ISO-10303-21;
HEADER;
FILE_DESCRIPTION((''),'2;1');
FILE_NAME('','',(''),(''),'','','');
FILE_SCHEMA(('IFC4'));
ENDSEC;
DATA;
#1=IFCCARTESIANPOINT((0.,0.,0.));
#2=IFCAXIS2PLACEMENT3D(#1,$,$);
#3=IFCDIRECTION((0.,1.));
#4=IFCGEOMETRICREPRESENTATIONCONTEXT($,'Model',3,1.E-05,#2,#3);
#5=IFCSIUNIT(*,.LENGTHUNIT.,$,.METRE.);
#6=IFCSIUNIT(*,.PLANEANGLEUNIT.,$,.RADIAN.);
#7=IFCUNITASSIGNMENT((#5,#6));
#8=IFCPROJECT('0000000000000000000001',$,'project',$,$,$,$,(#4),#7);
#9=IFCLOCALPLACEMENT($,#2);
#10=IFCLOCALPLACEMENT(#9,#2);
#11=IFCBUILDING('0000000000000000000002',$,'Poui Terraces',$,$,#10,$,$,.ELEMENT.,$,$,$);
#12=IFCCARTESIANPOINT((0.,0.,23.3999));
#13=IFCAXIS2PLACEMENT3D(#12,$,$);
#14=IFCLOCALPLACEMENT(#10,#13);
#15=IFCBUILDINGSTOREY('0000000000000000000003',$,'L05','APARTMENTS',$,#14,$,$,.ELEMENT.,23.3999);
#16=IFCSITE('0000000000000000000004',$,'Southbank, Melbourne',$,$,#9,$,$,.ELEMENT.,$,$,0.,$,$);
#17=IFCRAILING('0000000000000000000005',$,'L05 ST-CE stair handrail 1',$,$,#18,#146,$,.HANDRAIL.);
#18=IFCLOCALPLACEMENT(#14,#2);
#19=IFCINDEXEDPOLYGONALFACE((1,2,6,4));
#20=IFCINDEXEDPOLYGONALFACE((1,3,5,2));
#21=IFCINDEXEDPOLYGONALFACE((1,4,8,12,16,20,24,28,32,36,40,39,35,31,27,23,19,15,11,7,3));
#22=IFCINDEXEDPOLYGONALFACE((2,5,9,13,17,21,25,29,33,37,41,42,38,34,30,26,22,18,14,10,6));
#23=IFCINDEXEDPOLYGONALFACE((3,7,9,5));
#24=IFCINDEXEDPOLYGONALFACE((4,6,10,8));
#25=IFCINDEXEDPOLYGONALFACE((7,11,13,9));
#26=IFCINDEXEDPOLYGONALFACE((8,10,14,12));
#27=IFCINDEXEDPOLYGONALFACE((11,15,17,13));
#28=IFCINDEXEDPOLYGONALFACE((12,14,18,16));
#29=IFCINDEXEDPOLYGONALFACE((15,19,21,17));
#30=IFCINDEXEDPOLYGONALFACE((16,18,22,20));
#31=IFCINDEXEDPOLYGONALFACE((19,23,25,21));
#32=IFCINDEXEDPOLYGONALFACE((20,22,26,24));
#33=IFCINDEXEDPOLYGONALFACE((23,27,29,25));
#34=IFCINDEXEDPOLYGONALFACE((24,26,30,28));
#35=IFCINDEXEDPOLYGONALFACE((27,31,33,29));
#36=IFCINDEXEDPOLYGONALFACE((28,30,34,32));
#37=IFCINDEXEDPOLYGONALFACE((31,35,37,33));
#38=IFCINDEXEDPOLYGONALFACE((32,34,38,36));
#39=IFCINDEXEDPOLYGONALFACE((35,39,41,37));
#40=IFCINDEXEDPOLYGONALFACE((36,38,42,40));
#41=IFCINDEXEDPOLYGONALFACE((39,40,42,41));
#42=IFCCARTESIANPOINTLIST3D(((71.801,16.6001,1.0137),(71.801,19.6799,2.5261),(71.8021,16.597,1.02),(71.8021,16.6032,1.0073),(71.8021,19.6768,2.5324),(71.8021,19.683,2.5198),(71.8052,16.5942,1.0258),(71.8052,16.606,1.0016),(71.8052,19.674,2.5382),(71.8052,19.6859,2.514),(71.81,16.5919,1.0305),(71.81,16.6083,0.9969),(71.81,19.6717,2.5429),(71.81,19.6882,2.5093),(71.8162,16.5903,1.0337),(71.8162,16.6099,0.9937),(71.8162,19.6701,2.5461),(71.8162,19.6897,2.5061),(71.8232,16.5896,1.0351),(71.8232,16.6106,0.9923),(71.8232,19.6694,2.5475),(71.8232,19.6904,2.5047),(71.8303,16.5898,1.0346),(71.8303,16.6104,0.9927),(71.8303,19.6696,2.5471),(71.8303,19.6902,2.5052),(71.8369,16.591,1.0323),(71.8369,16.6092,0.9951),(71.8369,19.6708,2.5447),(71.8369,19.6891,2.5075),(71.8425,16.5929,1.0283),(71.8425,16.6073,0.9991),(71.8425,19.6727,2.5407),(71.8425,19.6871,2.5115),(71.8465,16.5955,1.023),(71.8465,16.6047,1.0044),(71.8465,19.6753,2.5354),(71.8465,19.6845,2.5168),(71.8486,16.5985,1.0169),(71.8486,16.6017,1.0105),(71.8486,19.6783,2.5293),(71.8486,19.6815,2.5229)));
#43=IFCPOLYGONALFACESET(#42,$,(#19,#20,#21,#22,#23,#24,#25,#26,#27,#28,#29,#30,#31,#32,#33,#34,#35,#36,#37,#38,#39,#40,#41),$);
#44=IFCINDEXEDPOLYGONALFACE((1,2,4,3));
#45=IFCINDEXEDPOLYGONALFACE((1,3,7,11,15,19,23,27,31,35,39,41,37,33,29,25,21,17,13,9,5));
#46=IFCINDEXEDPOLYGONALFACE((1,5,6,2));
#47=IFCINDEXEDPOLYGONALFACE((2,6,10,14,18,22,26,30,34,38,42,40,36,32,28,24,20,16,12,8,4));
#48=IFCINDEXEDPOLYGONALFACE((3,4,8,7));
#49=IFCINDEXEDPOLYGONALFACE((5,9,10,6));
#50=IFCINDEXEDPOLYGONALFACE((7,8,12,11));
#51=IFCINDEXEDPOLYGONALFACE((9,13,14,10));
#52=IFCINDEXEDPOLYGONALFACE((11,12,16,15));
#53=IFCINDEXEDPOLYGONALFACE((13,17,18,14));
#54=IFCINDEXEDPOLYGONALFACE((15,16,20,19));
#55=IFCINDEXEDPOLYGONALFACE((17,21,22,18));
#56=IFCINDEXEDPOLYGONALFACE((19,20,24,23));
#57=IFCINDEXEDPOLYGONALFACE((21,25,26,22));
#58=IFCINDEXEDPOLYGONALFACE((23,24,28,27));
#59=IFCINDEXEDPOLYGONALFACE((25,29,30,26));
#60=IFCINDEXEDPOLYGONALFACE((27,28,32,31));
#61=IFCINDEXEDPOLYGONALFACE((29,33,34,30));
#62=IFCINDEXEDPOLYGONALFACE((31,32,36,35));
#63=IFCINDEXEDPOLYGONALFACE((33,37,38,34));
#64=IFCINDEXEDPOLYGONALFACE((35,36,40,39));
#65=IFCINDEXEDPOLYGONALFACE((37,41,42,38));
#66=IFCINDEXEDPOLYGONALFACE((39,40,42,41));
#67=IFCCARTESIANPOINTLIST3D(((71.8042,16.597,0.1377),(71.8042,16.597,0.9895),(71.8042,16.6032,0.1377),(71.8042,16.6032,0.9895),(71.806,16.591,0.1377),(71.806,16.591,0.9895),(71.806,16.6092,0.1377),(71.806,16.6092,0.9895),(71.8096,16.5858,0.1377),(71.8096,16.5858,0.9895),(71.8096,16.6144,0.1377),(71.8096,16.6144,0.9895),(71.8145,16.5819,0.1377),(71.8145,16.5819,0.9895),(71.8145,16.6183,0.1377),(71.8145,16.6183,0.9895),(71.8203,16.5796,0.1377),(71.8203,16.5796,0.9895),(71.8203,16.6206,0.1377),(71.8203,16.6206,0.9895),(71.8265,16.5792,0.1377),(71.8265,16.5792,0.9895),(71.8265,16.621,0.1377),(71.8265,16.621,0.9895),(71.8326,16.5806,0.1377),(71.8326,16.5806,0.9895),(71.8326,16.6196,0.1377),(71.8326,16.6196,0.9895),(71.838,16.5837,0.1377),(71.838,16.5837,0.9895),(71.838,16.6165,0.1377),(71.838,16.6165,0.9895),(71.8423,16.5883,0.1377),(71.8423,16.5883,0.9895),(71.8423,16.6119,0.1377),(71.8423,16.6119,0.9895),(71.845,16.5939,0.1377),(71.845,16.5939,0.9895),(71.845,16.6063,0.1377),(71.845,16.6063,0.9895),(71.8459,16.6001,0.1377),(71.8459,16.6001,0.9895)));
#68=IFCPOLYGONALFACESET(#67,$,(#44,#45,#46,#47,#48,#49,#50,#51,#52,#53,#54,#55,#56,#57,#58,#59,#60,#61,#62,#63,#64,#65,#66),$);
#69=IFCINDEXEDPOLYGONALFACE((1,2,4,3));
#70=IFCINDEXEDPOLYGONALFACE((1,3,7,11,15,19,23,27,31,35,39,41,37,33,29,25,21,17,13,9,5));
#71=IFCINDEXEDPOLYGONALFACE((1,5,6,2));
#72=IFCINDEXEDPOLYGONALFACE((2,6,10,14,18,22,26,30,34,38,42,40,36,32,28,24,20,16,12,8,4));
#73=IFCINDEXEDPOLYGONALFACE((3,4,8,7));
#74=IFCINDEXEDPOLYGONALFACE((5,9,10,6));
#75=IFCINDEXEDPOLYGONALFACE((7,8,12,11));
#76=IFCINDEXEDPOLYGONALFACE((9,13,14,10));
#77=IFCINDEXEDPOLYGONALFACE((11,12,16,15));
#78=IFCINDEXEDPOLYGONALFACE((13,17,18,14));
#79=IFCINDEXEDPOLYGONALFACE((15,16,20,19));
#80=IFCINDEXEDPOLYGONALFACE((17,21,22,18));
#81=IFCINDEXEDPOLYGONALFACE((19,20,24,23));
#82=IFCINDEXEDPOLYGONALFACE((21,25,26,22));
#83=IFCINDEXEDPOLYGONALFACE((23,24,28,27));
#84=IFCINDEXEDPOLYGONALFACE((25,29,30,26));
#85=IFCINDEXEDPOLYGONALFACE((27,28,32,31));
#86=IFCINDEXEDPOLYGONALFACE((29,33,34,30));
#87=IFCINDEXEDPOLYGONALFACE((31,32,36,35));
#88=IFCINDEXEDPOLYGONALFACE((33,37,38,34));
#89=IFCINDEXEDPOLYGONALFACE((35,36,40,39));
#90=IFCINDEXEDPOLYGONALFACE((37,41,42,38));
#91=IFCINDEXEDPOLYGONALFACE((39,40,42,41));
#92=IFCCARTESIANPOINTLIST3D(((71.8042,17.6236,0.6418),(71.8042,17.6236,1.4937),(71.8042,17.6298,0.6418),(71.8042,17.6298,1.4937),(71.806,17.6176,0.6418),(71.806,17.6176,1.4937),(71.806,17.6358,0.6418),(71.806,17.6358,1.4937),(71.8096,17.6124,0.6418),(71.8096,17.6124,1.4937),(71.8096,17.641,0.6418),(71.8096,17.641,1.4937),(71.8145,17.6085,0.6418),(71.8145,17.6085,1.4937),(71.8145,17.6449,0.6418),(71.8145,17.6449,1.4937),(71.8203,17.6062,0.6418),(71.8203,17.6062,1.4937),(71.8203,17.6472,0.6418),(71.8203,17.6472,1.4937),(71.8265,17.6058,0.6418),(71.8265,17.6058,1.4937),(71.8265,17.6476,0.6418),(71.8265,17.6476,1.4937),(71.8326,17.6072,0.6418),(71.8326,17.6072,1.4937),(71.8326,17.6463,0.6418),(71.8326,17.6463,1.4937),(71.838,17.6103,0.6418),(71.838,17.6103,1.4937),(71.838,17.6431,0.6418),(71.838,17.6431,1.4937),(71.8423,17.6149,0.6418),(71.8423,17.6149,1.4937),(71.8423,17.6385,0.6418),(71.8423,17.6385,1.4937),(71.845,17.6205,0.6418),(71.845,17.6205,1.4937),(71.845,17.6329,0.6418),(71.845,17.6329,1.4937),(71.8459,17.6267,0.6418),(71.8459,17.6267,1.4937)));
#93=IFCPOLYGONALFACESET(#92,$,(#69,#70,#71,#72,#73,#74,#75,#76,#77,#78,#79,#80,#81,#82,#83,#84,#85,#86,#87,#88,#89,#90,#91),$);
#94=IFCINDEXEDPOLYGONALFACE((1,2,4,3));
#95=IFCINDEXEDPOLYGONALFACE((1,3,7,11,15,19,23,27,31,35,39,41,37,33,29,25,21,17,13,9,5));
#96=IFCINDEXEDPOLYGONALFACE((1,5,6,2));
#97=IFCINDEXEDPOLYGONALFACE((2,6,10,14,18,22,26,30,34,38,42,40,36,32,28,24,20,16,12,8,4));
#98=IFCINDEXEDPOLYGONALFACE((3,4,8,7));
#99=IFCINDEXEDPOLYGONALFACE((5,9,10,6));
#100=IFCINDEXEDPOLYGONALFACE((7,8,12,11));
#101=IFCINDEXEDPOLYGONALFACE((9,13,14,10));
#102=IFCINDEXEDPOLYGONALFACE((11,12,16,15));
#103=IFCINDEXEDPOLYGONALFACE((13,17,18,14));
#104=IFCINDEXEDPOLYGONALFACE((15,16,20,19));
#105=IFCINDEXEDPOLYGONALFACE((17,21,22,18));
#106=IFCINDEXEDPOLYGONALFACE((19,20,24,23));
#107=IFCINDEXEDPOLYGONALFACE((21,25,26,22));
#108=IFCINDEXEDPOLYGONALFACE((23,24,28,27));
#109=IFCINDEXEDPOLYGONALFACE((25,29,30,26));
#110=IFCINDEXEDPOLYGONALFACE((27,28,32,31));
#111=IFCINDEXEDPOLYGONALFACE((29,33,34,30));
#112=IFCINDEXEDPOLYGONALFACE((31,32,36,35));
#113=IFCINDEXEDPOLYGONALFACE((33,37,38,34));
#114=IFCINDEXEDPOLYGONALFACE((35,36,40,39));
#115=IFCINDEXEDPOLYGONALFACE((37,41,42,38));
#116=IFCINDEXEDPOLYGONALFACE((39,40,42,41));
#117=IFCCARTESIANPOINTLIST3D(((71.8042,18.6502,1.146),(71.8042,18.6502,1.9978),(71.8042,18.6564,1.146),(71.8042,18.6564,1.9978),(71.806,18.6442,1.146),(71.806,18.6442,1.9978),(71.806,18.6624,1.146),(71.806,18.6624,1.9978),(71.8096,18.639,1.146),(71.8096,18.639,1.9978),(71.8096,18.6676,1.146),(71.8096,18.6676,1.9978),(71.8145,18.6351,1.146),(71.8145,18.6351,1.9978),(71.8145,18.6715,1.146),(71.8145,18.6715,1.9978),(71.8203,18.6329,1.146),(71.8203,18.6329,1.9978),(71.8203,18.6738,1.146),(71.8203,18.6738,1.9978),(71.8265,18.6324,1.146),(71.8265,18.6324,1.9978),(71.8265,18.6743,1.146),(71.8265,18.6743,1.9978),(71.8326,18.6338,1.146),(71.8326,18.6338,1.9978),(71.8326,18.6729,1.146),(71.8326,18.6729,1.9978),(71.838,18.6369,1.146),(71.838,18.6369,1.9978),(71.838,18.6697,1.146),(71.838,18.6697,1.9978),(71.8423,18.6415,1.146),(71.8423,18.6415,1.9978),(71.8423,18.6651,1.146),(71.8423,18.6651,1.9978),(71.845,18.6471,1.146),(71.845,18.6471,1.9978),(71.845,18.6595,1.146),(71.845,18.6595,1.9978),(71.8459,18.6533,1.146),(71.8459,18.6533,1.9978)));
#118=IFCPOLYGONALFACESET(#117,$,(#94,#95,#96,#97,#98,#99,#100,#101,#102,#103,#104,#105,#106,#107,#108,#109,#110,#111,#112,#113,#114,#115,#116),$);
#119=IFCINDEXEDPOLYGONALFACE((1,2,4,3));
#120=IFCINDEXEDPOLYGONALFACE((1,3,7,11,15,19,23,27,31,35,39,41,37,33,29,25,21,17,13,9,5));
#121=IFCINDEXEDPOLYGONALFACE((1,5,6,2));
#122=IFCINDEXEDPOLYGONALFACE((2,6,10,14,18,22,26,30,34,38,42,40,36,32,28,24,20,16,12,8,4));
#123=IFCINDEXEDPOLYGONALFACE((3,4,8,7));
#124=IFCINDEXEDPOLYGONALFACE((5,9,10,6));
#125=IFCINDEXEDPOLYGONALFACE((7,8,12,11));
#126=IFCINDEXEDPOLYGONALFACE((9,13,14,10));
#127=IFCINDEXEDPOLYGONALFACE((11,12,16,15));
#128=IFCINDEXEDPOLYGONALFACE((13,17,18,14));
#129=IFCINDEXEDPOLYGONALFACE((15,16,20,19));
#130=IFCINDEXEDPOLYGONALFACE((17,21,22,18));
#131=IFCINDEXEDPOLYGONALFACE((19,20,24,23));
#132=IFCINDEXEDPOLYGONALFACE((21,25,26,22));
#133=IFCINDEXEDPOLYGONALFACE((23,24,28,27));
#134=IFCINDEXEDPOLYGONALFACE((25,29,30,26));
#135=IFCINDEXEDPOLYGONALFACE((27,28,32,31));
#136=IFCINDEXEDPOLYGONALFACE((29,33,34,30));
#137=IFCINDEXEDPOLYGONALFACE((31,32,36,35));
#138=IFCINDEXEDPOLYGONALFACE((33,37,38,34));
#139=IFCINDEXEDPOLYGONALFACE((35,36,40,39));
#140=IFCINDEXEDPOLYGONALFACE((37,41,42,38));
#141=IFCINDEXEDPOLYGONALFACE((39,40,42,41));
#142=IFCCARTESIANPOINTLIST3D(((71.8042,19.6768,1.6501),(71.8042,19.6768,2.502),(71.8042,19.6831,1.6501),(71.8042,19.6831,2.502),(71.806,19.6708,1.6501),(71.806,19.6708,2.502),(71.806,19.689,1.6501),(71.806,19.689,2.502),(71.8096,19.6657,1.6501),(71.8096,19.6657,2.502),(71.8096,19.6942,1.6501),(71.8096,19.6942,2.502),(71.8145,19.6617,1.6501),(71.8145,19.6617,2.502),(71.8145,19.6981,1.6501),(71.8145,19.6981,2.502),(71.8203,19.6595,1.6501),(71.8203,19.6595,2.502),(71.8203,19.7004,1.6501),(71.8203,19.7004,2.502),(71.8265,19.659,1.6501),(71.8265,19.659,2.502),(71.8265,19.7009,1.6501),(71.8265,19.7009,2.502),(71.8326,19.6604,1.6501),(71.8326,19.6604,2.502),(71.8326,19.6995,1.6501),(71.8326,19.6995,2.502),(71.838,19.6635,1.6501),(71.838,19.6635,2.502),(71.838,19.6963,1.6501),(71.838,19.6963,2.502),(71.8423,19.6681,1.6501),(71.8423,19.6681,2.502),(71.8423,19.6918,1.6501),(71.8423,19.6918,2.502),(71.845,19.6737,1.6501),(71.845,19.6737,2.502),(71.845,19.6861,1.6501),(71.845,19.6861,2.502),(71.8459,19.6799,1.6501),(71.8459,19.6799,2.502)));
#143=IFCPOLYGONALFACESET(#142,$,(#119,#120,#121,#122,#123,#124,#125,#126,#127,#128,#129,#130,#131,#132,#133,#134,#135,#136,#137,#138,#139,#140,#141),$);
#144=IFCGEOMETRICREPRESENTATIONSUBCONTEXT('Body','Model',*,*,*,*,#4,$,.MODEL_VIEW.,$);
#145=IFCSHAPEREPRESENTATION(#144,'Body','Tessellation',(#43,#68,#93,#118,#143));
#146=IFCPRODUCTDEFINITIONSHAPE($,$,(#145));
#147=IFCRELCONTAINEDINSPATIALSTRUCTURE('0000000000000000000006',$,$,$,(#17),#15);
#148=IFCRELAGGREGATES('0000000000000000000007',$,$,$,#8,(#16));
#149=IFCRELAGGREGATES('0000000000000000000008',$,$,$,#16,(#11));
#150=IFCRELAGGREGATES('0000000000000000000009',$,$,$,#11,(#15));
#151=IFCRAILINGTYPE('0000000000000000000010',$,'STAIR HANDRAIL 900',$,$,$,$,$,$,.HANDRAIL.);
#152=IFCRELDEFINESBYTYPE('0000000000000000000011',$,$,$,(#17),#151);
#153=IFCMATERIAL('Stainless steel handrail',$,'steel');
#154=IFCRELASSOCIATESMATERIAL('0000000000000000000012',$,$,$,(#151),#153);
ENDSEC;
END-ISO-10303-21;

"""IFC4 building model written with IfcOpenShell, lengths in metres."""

from ifc_helpers import new_model, si_unit, direction, frame, origin, origin_2d, place, context, subcontext, project, spatial, circle, extrude, material, type_object, element, save


model = new_model("IFC4")

# Units and contexts
model_context = context("Model", 3, precision=1e-05, world=origin(), true_north=direction((0.0, 1.0)))
body_context = subcontext(model_context, "Body", "Model", "MODEL_VIEW")
ifc_project = project(units=[si_unit("LENGTHUNIT", "METRE"), si_unit("PLANEANGLEUNIT", "RADIAN")], contexts=[model_context])

# Site, building, storey
site_placement = place(None, origin())
site = spatial("IfcSite", under=ifc_project, at=site_placement, Name="Southbank, Melbourne", CompositionType="ELEMENT", RefElevation=0.0)
building_placement = place(site_placement, origin())
building = spatial("IfcBuilding", under=site, at=building_placement, Name="Poui Terraces", CompositionType="ELEMENT")
storey_placement = place(building_placement, frame((0.0, 0.0, 23.3999)))
storey = spatial("IfcBuildingStorey", under=building, at=storey_placement, Name="L05", Description="APARTMENTS", CompositionType="ELEMENT", Elevation=23.3999)

# Railing
ifc_material_1 = material(Name="Stainless steel handrail", Category="steel")
railing_type_1 = type_object("IfcRailingType", Name="STAIR HANDRAIL 900", PredefinedType="HANDRAIL", material=ifc_material_1)
railing_1_placement = place(storey_placement, frame((71.825, 16.6001, 0.1377)))
element("IfcRailing", 1, at=railing_1_placement, inside=storey, type_object=railing_type_1, Name="L05 ST-CE stair handrail 1", PredefinedType="HANDRAIL", context=body_context, shape_type="SweptSolid", body=[
    extrude(circle(Radius=0.0239, at=origin_2d()), frame((0.0, 0.0, 0.876), z_axis=(0.0, 0.897606, 0.440798), x_axis=(-1.0, 0.0, 0.0)), (0.0, 0.0, 1.0), 3.4312),
    extrude(circle(Radius=0.021, at=origin_2d()), origin(), (0.0, 0.0, 1.0), 0.8518),
    extrude(circle(Radius=0.021, at=origin_2d()), frame((0.0, 1.0266, 0.5042)), (0.0, 0.0, 1.0), 0.8518),
    extrude(circle(Radius=0.021, at=origin_2d()), frame((0.0, 2.0532, 1.0083)), (0.0, 0.0, 1.0), 0.8518),
    extrude(circle(Radius=0.021, at=origin_2d()), frame((0.0, 3.0798, 1.5125)), (0.0, 0.0, 1.0), 0.8518),
])

save(model, "model.ifc")
